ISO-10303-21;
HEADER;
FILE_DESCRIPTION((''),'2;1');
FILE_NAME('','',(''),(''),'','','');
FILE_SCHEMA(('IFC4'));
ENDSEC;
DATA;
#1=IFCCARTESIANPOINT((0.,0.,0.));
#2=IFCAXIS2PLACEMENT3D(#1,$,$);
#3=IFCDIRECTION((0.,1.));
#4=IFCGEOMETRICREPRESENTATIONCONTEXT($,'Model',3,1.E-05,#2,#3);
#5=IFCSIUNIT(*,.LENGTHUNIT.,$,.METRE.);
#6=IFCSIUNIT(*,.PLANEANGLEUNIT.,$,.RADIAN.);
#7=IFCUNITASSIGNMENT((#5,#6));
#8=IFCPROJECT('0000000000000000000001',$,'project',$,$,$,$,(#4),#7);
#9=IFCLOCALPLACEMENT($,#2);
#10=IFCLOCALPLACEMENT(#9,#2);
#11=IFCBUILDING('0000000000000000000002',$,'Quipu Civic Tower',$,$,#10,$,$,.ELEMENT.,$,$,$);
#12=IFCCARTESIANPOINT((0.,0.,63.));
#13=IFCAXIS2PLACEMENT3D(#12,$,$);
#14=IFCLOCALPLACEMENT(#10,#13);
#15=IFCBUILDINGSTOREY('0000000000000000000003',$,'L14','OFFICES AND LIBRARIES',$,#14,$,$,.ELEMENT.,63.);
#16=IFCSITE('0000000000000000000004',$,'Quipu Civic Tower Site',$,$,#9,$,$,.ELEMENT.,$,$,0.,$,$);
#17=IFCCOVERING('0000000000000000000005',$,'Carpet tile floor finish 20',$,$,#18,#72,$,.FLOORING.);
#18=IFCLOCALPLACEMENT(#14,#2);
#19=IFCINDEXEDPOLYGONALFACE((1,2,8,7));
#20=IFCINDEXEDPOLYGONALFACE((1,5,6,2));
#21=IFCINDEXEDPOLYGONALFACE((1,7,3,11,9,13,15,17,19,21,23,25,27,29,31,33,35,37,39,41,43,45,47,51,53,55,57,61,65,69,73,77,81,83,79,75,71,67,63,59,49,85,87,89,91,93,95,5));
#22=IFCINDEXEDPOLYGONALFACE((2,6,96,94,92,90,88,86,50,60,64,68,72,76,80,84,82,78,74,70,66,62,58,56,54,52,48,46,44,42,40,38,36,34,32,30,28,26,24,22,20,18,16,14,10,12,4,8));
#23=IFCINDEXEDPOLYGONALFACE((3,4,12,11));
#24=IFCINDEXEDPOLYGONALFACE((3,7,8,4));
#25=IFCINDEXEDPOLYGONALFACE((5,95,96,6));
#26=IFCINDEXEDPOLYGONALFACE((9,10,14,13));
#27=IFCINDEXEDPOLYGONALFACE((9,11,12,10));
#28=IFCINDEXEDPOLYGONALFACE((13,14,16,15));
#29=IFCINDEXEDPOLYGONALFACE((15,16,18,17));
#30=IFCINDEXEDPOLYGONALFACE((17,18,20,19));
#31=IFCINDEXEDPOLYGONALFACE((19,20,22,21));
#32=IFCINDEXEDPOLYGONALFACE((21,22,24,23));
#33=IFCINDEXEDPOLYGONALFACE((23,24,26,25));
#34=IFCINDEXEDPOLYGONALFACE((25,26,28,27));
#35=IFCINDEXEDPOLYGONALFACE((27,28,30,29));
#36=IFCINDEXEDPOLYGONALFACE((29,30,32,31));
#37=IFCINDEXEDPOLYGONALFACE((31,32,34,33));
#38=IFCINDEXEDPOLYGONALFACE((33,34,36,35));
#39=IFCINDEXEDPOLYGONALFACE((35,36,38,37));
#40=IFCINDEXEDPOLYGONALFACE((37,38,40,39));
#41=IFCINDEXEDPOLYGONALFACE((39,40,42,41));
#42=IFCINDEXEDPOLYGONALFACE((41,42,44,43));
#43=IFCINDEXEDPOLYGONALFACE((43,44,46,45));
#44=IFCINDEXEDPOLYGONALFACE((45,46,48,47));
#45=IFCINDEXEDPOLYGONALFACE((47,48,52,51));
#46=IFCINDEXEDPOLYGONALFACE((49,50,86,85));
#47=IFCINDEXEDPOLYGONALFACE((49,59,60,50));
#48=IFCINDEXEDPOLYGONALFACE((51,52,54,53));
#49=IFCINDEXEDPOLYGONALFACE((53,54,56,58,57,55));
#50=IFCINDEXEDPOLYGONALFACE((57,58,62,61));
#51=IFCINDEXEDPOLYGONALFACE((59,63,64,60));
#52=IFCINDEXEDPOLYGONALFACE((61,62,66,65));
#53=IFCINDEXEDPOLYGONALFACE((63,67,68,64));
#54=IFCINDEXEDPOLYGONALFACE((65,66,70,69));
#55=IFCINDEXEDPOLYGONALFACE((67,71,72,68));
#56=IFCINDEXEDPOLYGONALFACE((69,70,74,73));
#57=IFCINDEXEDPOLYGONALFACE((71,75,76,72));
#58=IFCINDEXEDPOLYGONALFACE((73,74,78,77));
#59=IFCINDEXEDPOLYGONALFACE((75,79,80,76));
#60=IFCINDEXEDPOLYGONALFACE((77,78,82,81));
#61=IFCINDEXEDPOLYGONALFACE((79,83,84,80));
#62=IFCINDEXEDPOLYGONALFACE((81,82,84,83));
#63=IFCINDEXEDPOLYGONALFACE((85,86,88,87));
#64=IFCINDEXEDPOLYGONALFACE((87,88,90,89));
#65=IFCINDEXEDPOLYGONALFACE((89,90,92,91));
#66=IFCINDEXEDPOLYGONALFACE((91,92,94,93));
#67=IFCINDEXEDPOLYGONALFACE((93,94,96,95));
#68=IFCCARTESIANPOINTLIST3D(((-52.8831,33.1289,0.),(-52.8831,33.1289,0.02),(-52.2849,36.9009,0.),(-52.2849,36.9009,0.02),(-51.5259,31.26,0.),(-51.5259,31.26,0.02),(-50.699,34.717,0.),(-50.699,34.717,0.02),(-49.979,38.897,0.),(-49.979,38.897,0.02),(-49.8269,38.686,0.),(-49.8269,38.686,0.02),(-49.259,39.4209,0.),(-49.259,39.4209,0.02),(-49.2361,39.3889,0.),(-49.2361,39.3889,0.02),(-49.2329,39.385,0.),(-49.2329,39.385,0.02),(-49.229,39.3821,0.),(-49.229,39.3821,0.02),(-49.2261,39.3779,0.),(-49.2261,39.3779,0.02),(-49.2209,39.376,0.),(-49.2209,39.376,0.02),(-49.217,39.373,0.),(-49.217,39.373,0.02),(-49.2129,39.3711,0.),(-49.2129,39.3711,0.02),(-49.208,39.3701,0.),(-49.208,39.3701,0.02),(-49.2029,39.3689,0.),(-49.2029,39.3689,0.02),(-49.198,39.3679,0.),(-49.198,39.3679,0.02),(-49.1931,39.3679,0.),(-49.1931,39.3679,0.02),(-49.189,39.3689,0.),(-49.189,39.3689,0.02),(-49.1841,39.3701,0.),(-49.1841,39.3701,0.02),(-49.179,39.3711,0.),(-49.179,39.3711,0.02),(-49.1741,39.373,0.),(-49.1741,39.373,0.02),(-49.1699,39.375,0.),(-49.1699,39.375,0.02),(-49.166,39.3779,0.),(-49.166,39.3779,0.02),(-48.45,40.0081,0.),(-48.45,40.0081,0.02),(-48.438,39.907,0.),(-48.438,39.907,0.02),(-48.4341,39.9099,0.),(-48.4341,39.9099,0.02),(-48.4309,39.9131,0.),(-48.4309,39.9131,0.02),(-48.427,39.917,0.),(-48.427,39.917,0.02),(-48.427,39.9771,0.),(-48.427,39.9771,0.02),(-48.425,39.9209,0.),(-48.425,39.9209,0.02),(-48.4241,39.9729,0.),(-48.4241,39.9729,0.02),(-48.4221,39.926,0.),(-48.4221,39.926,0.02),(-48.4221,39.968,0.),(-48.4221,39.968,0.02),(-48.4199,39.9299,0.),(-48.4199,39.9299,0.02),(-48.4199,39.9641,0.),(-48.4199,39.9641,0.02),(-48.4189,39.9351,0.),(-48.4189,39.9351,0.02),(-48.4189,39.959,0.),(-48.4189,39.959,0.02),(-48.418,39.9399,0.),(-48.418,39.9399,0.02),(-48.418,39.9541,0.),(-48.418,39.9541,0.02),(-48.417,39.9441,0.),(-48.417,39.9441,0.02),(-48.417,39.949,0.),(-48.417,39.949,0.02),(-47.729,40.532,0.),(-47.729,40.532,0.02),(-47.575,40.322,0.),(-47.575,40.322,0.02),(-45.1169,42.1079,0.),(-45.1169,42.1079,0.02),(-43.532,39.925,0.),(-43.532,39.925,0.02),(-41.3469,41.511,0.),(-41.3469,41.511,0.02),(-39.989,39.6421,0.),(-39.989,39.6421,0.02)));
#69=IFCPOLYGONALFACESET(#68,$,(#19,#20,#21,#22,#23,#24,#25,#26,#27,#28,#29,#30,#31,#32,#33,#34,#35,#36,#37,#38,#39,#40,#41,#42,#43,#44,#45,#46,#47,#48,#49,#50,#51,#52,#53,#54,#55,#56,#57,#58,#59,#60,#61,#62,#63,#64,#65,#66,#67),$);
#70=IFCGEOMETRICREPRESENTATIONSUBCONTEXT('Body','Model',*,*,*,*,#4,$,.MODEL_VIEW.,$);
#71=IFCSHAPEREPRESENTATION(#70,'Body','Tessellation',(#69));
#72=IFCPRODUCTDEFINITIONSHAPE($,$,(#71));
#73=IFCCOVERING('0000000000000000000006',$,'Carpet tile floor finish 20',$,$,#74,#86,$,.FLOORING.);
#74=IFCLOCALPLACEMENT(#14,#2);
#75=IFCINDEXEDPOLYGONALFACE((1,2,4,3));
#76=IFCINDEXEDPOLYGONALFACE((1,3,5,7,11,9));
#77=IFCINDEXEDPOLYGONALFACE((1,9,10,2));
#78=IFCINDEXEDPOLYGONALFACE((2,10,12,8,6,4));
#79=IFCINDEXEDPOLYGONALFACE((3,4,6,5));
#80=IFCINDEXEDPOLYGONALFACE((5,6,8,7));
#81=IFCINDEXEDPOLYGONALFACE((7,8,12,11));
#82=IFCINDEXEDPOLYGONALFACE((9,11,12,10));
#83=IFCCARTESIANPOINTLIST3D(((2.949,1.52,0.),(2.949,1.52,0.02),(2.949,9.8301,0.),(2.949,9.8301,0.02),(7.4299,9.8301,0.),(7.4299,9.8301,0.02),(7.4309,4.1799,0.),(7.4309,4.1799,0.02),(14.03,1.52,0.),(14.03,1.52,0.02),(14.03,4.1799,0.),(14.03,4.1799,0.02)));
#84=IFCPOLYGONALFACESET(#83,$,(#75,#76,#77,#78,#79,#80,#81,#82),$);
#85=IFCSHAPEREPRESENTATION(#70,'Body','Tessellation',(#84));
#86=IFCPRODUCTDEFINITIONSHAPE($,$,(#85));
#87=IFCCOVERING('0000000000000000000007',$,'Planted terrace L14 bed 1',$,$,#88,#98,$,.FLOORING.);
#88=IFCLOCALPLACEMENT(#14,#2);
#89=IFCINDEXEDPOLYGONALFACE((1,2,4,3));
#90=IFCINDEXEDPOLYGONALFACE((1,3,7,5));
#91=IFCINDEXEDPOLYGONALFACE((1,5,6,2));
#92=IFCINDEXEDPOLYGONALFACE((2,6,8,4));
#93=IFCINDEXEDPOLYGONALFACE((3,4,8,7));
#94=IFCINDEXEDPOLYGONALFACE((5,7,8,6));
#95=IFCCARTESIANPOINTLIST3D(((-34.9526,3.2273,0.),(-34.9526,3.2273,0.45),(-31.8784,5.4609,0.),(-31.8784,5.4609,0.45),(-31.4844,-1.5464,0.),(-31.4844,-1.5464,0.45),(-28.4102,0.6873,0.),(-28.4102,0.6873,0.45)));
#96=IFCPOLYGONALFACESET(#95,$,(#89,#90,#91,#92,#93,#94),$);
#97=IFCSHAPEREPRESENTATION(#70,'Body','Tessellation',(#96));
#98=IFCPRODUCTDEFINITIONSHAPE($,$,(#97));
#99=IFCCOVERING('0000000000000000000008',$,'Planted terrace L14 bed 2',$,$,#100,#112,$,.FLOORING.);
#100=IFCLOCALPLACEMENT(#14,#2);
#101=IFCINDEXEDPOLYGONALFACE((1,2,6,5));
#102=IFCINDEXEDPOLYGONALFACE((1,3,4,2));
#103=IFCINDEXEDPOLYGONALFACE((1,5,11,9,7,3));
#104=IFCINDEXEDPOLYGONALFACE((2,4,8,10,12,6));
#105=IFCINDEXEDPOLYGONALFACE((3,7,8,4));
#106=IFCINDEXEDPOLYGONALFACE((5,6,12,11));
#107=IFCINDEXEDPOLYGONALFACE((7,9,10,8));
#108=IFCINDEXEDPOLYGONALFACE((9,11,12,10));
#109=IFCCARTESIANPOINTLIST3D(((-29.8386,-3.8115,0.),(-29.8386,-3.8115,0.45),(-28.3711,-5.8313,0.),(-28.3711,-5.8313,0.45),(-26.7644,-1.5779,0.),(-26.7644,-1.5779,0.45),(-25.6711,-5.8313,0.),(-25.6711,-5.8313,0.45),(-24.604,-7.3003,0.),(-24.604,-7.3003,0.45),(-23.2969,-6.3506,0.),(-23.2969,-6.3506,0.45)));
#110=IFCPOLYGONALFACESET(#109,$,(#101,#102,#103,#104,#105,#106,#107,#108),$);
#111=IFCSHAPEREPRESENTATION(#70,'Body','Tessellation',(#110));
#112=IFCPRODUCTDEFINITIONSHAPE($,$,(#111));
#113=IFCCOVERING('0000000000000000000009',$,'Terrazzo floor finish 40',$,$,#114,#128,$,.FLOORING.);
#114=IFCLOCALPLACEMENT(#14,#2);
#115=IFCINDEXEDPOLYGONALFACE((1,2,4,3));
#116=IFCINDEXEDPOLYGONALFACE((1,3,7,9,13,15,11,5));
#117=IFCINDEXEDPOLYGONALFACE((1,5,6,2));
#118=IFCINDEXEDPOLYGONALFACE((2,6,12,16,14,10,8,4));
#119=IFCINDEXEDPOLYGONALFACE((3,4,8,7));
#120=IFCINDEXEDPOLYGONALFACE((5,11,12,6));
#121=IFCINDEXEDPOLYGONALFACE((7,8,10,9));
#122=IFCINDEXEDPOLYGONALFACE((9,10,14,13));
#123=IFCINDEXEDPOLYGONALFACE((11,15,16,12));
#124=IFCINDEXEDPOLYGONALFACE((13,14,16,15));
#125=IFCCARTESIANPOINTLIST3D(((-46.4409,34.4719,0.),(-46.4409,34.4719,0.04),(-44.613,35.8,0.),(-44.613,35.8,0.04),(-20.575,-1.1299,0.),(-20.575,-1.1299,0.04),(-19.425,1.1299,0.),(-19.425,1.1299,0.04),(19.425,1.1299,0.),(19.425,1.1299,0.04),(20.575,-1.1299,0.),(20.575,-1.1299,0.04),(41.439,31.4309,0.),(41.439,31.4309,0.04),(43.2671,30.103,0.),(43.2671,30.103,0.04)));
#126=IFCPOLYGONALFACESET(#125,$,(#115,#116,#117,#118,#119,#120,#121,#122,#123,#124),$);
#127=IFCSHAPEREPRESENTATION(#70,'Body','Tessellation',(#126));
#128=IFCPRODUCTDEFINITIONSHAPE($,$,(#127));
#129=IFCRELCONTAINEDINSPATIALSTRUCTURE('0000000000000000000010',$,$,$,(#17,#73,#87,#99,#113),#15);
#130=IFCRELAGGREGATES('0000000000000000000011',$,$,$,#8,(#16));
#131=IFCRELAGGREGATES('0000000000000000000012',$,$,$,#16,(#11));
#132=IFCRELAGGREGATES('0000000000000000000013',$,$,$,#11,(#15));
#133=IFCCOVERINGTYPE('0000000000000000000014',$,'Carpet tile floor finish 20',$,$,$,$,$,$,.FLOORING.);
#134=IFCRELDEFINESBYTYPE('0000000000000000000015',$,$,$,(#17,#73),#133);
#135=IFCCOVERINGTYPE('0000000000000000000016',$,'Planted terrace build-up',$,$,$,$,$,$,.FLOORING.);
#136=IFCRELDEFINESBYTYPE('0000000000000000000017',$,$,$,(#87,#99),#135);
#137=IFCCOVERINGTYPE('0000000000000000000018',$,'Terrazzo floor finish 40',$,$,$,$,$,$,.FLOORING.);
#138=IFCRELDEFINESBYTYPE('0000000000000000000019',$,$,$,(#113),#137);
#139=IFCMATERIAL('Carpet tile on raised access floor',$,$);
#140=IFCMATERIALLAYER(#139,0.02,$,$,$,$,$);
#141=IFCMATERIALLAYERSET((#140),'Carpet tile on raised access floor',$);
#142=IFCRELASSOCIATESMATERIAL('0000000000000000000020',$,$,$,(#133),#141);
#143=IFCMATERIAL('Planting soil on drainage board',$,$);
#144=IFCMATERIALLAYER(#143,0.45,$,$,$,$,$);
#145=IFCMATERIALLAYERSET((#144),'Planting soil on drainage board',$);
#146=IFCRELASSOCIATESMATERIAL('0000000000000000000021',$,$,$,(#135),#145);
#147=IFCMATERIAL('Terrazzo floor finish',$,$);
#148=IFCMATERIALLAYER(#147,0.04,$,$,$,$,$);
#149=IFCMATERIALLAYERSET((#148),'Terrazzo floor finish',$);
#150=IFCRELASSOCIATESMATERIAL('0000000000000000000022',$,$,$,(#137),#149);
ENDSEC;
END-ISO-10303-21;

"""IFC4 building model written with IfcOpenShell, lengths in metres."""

from ifc_helpers import new_model, si_unit, direction, frame, origin, place, context, subcontext, project, spatial, polyline, outline, extrude, material, layer, layer_set, type_object, element, save


model = new_model("IFC4")

# Units and contexts
model_context = context("Model", 3, precision=1e-05, world=origin(), true_north=direction((0.0, 1.0)))
body_context = subcontext(model_context, "Body", "Model", "MODEL_VIEW")
ifc_project = project(units=[si_unit("LENGTHUNIT", "METRE"), si_unit("PLANEANGLEUNIT", "RADIAN")], contexts=[model_context])

# Site, building, storey
site_placement = place(None, origin())
site = spatial("IfcSite", under=ifc_project, at=site_placement, Name="Quipu Civic Tower Site", CompositionType="ELEMENT", RefElevation=0.0)
building_placement = place(site_placement, origin())
building = spatial("IfcBuilding", under=site, at=building_placement, Name="Quipu Civic Tower", CompositionType="ELEMENT")
storey_placement = place(building_placement, frame((0.0, 0.0, 63.0)))
storey = spatial("IfcBuildingStorey", under=building, at=storey_placement, Name="L14", Description="OFFICES AND LIBRARIES", CompositionType="ELEMENT", Elevation=63.0)

# Coverings
ifc_material_1 = material(Name="Carpet tile on raised access floor")
ifc_layer_1 = layer(ifc_material_1, 0.02)
ifc_layer_set_1 = layer_set([ifc_layer_1], Name="Carpet tile on raised access floor")
covering_type_1 = type_object("IfcCoveringType", Name="Carpet tile floor finish 20", PredefinedType="FLOORING", material=ifc_layer_set_1)
covering_1_placement = place(storey_placement, origin())
element("IfcCovering", 1, at=covering_1_placement, inside=storey, type_object=covering_type_1, Name="Carpet tile floor finish 20", PredefinedType="FLOORING", context=body_context, shape_type="SweptSolid", body=[
    extrude(outline(polyline([(-52.8831, 33.1289), (-50.699, 34.717), (-52.2849, 36.9009), (-49.8269, 38.686), (-49.979, 38.897), (-49.259, 39.4209), (-49.2361, 39.3889), (-49.2329, 39.385), (-49.229, 39.3821), (-49.2261, 39.3779), (-49.2209, 39.376), (-49.217, 39.373), (-49.2129, 39.3711), (-49.208, 39.3701), (-49.2029, 39.3689), (-49.198, 39.3679), (-49.1931, 39.3679), (-49.189, 39.3689), (-49.1841, 39.3701), (-49.179, 39.3711), (-49.1741, 39.373), (-49.1699, 39.375), (-49.166, 39.3779), (-48.438, 39.907), (-48.4341, 39.9099), (-48.4309, 39.9131), (-48.427, 39.917), (-48.425, 39.9209), (-48.4221, 39.926), (-48.4199, 39.9299), (-48.4189, 39.9351), (-48.418, 39.9399), (-48.417, 39.9441), (-48.417, 39.949), (-48.418, 39.9541), (-48.4189, 39.959), (-48.4199, 39.9641), (-48.4221, 39.968), (-48.4241, 39.9729), (-48.427, 39.9771), (-48.45, 40.0081), (-47.729, 40.532), (-47.575, 40.322), (-45.1169, 42.1079), (-43.532, 39.925), (-41.3469, 41.511), (-39.989, 39.6421), (-51.5259, 31.26), (-52.8831, 33.1289)])), origin(), (0.0, 0.0, 1.0), 0.02),
])
covering_2_placement = place(storey_placement, origin())
element("IfcCovering", 2, at=covering_2_placement, inside=storey, type_object=covering_type_1, Name="Carpet tile floor finish 20", PredefinedType="FLOORING", context=body_context, shape_type="SweptSolid", body=[
    extrude(outline(polyline([(2.949, 1.52), (2.949, 9.8301), (7.4299, 9.8301), (7.4309, 4.1799), (14.03, 4.1799), (14.03, 1.52), (2.949, 1.52)])), origin(), (0.0, 0.0, 1.0), 0.02),
])
ifc_material_2 = material(Name="Planting soil on drainage board")
ifc_layer_2 = layer(ifc_material_2, 0.45)
ifc_layer_set_2 = layer_set([ifc_layer_2], Name="Planting soil on drainage board")
covering_type_2 = type_object("IfcCoveringType", Name="Planted terrace build-up", PredefinedType="FLOORING", material=ifc_layer_set_2)
covering_3_placement = place(storey_placement, origin())
element("IfcCovering", 3, at=covering_3_placement, inside=storey, type_object=covering_type_2, Name="Planted terrace L14 bed 1", PredefinedType="FLOORING", context=body_context, shape_type="SweptSolid", body=[
    extrude(outline(polyline([(-34.9526, 3.2273), (-31.8784, 5.4609), (-28.4102, 0.6873), (-31.4844, -1.5464), (-34.9526, 3.2273)])), origin(), (0.0, 0.0, 1.0), 0.45),
])
covering_4_placement = place(storey_placement, origin())
element("IfcCovering", 4, at=covering_4_placement, inside=storey, type_object=covering_type_2, Name="Planted terrace L14 bed 2", PredefinedType="FLOORING", context=body_context, shape_type="SweptSolid", body=[
    extrude(outline(polyline([(-25.6711, -5.8313), (-28.3711, -5.8313), (-29.8386, -3.8115), (-26.7644, -1.5779), (-23.2969, -6.3506), (-24.604, -7.3003), (-25.6711, -5.8313)])), origin(), (0.0, 0.0, 1.0), 0.45),
])
ifc_material_3 = material(Name="Terrazzo floor finish")
ifc_layer_3 = layer(ifc_material_3, 0.04)
ifc_layer_set_3 = layer_set([ifc_layer_3], Name="Terrazzo floor finish")
covering_type_3 = type_object("IfcCoveringType", Name="Terrazzo floor finish 40", PredefinedType="FLOORING", material=ifc_layer_set_3)
covering_5_placement = place(storey_placement, origin())
element("IfcCovering", 5, at=covering_5_placement, inside=storey, type_object=covering_type_3, Name="Terrazzo floor finish 40", PredefinedType="FLOORING", context=body_context, shape_type="SweptSolid", body=[
    extrude(outline(polyline([(20.575, -1.1299), (-20.575, -1.1299), (-46.4409, 34.4719), (-44.613, 35.8), (-19.425, 1.1299), (19.425, 1.1299), (41.439, 31.4309), (43.2671, 30.103), (20.575, -1.1299)])), origin(), (0.0, 0.0, 1.0), 0.04),
])

save(model, "model.ifc")
